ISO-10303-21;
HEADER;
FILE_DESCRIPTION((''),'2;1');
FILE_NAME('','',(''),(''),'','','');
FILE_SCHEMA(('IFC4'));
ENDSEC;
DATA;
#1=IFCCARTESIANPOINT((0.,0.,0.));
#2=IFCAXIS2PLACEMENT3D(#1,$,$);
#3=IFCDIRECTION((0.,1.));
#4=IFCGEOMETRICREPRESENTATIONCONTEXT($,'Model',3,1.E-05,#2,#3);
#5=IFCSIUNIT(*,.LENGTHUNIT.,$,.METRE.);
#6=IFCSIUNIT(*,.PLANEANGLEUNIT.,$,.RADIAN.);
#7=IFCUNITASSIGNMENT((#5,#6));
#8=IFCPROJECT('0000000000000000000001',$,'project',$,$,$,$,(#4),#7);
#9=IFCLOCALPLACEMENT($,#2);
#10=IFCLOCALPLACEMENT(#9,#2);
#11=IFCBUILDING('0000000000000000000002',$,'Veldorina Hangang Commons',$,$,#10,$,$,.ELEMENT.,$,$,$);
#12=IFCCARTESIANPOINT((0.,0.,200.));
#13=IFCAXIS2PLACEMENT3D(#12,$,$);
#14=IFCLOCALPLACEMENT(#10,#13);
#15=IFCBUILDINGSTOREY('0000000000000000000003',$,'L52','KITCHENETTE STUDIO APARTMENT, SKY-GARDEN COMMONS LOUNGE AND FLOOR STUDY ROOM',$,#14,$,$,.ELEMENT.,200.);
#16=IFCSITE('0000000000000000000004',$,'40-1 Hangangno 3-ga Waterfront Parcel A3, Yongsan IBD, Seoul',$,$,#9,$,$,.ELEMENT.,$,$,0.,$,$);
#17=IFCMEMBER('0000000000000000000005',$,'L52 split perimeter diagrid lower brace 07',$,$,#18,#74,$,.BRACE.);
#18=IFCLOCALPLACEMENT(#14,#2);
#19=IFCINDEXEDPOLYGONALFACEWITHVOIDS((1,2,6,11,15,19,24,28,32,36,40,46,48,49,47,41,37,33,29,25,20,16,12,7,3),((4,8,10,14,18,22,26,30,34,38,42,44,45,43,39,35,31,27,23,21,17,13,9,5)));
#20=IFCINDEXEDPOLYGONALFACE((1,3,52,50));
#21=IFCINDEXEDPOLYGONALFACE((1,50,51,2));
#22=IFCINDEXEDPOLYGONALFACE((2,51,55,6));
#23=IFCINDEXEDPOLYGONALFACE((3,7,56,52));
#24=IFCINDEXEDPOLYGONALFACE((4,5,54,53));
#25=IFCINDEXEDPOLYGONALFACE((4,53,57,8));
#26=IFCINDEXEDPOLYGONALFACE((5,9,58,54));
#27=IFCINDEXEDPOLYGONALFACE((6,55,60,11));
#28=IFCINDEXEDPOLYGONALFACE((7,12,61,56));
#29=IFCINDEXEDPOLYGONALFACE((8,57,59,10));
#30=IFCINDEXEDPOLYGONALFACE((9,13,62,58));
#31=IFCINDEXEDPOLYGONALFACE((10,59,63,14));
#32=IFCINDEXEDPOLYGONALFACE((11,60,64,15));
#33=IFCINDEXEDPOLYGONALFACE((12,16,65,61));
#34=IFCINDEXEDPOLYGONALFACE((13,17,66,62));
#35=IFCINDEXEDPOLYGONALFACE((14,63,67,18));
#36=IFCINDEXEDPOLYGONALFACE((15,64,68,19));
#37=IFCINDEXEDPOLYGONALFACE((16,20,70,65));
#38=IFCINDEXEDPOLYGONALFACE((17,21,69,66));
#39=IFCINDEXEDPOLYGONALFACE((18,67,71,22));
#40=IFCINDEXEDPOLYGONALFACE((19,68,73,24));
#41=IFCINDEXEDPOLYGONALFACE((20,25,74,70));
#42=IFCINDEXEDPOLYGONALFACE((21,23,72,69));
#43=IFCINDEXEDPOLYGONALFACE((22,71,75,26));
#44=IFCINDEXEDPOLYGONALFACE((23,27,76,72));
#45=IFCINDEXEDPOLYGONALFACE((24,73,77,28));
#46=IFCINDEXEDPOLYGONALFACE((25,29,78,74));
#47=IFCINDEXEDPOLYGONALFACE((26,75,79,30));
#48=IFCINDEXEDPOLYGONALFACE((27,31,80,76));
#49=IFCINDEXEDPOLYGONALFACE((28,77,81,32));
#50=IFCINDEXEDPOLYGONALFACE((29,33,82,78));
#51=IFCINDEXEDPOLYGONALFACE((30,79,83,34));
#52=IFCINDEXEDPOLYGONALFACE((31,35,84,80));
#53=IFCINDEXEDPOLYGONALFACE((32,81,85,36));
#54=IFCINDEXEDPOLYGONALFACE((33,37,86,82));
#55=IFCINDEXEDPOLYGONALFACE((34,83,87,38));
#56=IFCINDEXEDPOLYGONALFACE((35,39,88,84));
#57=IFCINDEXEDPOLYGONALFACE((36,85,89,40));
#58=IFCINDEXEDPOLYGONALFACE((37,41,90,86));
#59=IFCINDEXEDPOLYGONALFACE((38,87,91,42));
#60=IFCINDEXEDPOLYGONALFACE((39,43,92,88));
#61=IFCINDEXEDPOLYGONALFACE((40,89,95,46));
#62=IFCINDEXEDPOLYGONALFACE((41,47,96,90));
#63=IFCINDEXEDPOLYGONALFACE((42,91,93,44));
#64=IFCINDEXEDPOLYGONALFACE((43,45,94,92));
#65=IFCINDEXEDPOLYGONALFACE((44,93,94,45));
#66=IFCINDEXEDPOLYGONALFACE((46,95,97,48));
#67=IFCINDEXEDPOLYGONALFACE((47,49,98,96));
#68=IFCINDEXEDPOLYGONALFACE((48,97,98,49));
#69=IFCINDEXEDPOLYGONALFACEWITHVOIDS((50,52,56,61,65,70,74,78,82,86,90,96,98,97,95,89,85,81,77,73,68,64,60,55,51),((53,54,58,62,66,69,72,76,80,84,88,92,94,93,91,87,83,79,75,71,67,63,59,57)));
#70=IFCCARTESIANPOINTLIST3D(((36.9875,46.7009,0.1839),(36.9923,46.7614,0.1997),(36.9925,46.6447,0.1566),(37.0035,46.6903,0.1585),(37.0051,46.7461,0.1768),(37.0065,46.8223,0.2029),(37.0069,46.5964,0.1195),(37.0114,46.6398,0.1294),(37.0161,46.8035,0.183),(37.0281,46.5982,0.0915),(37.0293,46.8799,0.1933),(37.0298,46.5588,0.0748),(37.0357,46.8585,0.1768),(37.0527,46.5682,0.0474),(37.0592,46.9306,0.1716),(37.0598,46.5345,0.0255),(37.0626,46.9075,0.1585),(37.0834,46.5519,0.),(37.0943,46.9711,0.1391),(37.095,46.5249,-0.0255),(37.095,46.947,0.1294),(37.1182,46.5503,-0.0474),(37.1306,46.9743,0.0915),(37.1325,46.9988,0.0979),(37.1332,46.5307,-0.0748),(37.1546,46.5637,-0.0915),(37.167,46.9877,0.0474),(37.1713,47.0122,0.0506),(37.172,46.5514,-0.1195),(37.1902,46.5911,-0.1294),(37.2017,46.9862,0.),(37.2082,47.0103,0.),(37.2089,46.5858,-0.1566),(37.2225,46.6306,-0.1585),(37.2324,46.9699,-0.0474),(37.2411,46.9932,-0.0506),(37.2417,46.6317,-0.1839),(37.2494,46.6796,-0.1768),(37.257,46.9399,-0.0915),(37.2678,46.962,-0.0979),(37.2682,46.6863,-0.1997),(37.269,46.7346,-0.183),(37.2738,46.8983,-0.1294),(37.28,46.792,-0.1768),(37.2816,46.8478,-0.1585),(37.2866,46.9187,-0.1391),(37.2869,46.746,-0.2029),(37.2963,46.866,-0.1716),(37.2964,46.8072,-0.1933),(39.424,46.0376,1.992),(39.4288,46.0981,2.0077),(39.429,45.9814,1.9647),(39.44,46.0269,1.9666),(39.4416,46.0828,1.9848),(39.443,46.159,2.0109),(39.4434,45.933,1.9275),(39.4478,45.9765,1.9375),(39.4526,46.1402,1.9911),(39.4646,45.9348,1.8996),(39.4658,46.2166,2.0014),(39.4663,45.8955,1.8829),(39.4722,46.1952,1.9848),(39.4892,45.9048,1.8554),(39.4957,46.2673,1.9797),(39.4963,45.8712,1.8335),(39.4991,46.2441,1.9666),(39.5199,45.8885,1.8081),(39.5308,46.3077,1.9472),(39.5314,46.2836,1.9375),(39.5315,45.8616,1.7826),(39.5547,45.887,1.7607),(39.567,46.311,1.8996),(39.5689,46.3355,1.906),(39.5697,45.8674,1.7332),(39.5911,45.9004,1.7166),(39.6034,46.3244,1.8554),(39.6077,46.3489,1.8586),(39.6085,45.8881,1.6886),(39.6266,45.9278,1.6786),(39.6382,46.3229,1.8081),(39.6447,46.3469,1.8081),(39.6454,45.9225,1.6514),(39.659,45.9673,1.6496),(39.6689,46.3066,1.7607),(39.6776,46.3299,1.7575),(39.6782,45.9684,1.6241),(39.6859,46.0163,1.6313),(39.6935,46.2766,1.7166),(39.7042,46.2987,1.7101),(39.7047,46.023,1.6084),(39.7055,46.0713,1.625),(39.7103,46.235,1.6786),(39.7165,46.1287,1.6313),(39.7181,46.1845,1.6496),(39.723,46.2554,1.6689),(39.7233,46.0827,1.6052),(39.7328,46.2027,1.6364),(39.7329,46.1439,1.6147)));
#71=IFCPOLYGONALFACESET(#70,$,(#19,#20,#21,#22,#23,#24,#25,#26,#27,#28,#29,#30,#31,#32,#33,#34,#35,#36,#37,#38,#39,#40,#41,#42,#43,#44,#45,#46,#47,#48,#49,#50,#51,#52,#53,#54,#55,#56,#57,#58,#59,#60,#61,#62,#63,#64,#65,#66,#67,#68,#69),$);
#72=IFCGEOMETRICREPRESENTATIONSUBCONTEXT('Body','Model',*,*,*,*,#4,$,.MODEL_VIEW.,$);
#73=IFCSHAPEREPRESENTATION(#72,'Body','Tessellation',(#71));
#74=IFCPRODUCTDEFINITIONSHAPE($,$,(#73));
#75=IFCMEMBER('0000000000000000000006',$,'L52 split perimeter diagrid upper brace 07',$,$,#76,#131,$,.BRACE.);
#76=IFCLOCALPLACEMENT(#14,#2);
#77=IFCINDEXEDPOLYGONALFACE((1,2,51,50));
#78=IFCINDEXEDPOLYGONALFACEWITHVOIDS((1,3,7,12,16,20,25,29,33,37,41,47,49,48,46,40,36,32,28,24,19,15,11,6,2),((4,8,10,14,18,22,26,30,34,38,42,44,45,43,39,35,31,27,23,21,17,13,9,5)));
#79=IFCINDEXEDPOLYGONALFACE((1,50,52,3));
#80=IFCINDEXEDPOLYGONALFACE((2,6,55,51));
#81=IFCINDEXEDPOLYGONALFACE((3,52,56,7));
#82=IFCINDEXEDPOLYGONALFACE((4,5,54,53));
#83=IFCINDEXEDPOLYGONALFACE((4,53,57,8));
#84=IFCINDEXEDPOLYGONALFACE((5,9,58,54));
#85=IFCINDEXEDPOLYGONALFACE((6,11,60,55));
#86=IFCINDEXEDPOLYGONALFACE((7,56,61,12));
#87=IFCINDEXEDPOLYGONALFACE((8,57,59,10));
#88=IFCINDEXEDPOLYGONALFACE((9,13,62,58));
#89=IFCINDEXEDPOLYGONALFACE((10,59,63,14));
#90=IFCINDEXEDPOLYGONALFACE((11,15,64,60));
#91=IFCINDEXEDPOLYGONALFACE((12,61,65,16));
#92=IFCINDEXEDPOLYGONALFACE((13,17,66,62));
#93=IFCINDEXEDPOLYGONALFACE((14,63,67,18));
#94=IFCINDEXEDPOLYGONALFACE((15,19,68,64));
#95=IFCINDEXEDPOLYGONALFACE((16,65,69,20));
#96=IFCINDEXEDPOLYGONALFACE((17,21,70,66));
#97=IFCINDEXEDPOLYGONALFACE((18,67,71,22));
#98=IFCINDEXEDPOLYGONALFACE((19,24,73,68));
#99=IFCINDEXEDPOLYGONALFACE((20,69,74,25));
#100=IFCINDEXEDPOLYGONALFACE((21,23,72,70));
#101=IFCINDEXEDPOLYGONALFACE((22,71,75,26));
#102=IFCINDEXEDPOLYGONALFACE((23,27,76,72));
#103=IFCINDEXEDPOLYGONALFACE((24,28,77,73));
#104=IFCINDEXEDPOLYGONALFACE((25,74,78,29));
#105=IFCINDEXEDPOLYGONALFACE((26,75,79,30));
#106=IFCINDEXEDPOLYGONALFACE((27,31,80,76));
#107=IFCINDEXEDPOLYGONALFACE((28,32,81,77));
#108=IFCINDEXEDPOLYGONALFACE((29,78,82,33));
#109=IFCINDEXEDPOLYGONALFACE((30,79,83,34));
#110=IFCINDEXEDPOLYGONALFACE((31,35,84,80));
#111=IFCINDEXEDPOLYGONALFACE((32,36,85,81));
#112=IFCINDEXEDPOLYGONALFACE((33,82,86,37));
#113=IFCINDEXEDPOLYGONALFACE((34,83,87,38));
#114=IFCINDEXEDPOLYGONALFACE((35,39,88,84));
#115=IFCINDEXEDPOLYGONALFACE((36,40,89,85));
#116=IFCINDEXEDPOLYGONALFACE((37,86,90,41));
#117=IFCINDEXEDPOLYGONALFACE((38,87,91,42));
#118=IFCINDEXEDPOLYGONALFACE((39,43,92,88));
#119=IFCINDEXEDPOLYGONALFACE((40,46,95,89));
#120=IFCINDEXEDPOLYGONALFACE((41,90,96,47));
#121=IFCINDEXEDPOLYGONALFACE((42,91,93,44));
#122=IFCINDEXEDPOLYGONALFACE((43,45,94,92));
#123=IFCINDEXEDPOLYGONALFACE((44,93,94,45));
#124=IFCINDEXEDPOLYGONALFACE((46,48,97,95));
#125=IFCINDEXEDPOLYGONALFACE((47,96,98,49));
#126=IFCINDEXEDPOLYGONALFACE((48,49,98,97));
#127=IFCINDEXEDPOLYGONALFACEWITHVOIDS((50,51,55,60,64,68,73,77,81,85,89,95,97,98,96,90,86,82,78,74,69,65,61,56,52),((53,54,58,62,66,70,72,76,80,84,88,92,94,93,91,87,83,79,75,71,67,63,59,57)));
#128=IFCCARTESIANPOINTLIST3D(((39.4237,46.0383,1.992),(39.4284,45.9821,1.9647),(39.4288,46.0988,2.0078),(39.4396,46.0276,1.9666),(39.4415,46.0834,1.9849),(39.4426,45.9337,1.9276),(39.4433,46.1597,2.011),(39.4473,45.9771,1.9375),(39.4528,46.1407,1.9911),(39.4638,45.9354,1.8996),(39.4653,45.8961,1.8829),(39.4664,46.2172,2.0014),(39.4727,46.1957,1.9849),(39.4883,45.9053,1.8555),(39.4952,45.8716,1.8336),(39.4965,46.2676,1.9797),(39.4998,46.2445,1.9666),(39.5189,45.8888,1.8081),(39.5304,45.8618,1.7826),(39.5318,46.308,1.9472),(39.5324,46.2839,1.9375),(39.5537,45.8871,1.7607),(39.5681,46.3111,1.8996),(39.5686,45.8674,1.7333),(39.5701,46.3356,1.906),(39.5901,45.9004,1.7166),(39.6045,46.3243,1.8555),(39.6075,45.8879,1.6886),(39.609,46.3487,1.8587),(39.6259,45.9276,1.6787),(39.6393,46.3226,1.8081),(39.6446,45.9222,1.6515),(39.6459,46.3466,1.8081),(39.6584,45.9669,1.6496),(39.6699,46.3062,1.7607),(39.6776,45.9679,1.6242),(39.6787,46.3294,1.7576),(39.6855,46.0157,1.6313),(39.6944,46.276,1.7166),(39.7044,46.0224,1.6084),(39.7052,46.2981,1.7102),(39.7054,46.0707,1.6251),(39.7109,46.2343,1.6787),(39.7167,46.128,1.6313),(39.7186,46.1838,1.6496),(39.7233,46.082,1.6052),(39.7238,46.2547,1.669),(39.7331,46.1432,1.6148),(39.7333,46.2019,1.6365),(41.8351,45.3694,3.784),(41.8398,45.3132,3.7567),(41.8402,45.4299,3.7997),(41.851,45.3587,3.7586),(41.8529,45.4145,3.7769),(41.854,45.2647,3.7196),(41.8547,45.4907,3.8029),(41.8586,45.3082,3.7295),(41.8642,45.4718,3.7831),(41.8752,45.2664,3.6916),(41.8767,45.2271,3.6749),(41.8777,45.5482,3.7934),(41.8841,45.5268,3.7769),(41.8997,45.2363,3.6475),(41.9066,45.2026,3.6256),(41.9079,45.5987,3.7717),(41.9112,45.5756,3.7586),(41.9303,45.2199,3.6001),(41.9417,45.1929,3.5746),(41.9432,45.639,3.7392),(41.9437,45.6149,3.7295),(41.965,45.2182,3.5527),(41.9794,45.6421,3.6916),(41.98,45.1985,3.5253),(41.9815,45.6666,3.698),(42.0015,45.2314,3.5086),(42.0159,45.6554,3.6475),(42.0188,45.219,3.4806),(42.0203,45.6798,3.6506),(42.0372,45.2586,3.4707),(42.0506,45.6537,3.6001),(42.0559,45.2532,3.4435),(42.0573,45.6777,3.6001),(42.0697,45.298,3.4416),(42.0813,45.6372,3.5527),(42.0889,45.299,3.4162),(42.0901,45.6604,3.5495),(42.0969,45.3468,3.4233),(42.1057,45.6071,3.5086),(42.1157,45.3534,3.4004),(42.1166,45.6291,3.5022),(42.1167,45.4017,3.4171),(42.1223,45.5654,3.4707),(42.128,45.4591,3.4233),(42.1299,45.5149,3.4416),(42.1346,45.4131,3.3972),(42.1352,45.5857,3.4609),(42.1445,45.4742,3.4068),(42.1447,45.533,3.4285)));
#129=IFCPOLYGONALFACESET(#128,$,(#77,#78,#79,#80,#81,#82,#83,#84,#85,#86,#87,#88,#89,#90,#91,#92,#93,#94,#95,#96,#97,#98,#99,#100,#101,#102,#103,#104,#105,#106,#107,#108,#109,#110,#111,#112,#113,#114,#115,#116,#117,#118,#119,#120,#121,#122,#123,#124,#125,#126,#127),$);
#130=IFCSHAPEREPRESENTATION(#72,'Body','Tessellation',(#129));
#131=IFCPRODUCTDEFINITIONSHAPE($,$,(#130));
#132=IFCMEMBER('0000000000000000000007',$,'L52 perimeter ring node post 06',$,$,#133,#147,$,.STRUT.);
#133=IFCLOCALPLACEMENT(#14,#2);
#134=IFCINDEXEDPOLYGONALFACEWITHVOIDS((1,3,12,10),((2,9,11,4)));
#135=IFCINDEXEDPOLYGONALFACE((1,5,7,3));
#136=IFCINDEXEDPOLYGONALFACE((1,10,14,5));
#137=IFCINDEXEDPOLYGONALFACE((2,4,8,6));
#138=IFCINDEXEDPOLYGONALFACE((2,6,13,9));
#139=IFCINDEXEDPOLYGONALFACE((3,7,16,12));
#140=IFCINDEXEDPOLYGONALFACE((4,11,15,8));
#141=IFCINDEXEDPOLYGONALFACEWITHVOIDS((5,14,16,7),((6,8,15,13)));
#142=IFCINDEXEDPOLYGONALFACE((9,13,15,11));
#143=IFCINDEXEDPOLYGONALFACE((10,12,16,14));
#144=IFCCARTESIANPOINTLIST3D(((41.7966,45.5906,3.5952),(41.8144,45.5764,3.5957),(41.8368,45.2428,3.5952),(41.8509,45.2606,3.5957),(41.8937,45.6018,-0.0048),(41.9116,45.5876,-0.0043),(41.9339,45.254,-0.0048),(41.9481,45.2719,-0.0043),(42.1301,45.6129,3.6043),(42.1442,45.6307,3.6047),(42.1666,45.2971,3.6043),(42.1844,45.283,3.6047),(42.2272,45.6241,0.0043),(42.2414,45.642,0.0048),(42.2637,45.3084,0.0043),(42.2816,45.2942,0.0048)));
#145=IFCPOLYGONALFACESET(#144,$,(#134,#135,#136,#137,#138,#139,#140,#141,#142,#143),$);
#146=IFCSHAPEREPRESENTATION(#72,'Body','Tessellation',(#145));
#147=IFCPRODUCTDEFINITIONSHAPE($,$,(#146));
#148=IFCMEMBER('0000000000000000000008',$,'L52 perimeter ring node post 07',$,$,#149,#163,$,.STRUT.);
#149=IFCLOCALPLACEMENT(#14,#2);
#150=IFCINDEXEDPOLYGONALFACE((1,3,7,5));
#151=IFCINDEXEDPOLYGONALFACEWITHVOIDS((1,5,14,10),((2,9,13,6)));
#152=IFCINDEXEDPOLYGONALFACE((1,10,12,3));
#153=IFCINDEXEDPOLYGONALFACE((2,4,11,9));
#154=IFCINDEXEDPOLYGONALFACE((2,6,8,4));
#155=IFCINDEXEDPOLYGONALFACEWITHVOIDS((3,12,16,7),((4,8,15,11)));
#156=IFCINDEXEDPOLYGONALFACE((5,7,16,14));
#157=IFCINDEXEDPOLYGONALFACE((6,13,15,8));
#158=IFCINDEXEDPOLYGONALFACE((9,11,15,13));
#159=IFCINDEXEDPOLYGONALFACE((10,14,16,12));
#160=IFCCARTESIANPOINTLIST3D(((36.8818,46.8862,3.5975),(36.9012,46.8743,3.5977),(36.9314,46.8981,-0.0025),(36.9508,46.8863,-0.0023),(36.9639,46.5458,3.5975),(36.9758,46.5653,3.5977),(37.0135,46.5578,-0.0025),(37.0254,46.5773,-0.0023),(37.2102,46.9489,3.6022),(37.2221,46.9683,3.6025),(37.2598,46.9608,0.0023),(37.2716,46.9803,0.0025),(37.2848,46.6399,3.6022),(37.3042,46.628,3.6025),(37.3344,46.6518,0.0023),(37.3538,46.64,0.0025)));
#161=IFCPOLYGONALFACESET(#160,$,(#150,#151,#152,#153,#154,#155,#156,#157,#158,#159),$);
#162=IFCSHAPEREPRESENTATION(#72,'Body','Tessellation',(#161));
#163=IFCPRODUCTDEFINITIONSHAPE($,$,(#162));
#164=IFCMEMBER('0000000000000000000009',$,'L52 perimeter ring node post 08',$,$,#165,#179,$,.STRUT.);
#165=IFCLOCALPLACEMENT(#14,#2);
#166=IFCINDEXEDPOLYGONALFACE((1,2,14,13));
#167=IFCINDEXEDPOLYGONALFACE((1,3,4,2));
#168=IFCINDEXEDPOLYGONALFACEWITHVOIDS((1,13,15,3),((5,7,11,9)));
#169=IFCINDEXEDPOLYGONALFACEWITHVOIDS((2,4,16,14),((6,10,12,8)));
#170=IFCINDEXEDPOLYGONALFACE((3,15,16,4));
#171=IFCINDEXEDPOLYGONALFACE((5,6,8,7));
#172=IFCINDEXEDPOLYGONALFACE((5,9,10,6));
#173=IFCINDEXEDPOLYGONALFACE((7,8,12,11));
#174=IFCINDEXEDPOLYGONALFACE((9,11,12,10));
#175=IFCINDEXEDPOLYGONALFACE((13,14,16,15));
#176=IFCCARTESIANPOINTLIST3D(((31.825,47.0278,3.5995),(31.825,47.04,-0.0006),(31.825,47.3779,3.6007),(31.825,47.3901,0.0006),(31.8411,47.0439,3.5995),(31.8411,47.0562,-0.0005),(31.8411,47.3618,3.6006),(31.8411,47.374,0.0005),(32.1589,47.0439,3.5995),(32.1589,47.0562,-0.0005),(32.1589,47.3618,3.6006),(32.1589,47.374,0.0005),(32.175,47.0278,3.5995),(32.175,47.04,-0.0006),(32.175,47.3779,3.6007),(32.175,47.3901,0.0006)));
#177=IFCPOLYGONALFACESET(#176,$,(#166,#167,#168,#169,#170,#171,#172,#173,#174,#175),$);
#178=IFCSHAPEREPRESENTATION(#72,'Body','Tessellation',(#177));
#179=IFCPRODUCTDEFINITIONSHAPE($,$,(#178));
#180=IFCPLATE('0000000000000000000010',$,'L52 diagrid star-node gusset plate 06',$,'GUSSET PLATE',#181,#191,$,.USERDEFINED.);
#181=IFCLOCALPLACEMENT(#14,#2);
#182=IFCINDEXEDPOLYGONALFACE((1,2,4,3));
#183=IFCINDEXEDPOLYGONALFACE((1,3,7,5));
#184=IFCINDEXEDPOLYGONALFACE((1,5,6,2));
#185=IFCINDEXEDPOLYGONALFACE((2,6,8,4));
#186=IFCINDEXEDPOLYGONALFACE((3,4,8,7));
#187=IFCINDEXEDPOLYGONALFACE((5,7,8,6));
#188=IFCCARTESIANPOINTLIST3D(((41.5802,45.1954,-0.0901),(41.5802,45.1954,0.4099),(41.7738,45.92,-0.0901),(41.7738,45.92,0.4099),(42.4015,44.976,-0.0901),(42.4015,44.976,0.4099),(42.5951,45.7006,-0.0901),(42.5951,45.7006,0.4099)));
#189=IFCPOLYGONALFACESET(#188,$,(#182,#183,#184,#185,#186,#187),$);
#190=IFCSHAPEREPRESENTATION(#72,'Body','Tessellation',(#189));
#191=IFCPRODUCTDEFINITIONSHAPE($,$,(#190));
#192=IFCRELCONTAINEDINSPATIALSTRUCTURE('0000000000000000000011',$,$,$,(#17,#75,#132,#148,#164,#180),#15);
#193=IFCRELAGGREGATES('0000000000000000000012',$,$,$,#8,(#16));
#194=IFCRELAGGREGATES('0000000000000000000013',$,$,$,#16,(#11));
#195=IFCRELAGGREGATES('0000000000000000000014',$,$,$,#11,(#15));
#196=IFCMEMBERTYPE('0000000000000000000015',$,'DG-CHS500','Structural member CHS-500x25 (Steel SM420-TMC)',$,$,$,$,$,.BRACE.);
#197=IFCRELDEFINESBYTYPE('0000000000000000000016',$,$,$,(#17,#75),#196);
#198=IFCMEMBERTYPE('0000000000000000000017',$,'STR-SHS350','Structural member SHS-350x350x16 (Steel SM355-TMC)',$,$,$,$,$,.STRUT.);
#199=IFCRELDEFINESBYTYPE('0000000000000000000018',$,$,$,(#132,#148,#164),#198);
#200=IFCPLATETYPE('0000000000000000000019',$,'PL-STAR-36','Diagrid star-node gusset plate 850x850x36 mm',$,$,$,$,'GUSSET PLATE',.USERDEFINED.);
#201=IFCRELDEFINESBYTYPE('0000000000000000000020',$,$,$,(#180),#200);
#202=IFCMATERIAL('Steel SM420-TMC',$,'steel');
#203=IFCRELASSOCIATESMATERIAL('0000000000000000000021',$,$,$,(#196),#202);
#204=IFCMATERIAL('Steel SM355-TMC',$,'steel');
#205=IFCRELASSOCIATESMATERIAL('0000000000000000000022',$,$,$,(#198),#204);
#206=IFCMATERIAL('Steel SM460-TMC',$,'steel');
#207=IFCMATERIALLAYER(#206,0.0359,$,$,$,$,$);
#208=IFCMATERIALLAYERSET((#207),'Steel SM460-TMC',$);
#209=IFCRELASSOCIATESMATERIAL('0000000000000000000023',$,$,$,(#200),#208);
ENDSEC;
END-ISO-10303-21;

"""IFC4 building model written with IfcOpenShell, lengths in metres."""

from ifc_helpers import new_model, si_unit, direction, frame, origin, origin_2d, place, context, subcontext, project, spatial, rectangle, hollow_rectangle, hollow_circle, extrude, material, layer, layer_set, material_profile, profile_set, type_object, element, save


model = new_model("IFC4")

# Units and contexts
model_context = context("Model", 3, precision=1e-05, world=origin(), true_north=direction((0.0, 1.0)))
body_context = subcontext(model_context, "Body", "Model", "MODEL_VIEW")
ifc_project = project(units=[si_unit("LENGTHUNIT", "METRE"), si_unit("PLANEANGLEUNIT", "RADIAN")], contexts=[model_context])

# Site, building, storey
site_placement = place(None, origin())
site = spatial("IfcSite", under=ifc_project, at=site_placement, Name="40-1 Hangangno 3-ga Waterfront Parcel A3, Yongsan IBD, Seoul", CompositionType="ELEMENT", RefElevation=0.0)
building_placement = place(site_placement, origin())
building = spatial("IfcBuilding", under=site, at=building_placement, Name="Veldorina Hangang Commons", CompositionType="ELEMENT")
storey_placement = place(building_placement, frame((0.0, 0.0, 200.0)))
storey = spatial("IfcBuildingStorey", under=building, at=storey_placement, Name="L52", Description="KITCHENETTE STUDIO APARTMENT, SKY-GARDEN COMMONS LOUNGE AND FLOOR STUDY ROOM", CompositionType="ELEMENT", Elevation=200.0)

# Shared definitions
ifc_material_1 = material(Name="Steel SM420-TMC", Category="steel")

# Members
ifc_material_profile_1 = material_profile(ifc_material_1, hollow_circle(Radius=0.25, WallThickness=0.0249, at=origin_2d()), Name="CHS-500x25")
ifc_profile_set_1 = profile_set([ifc_material_profile_1], Name="Steel SM420-TMC")
member_type_1 = type_object("IfcMemberType", Name="DG-CHS500", Description="Structural member CHS-500x25 (Steel SM420-TMC)", PredefinedType="BRACE", material=ifc_profile_set_1)
member_1_placement = place(storey_placement, frame((37.1426, 46.769, 0.0), z_axis=(0.784511, -0.213579, 0.582173), x_axis=(0.262684, 0.964882, 0.0)))
element("IfcMember", 1, at=member_1_placement, inside=storey, type_object=member_type_1, Name="L52 split perimeter diagrid lower brace 07", PredefinedType="BRACE", context=body_context, shape_type="SweptSolid", body=[
    extrude(hollow_circle(Radius=0.25, WallThickness=0.0249, at=origin_2d()), origin(), (0.0, 0.0, 1.0), 3.1057),
])
member_2_placement = place(storey_placement, frame((39.5791, 46.1057, 1.8081), z_axis=(0.783449, -0.217338, 0.582213), x_axis=(0.267317, 0.963609, 0.0)))
element("IfcMember", 2, at=member_2_placement, inside=storey, type_object=member_type_1, Name="L52 split perimeter diagrid upper brace 07", PredefinedType="BRACE", context=body_context, shape_type="SweptSolid", body=[
    extrude(hollow_circle(Radius=0.25, WallThickness=0.0249, at=origin_2d()), origin(), (0.0, 0.0, 1.0), 3.0779),
])
ifc_material_2 = material(Name="Steel SM355-TMC", Category="steel")
ifc_material_profile_2 = material_profile(ifc_material_2, hollow_rectangle(XDim=0.3501, YDim=0.3501, WallThickness=0.0161, at=origin_2d()), Name="SHS-350x350x16")
ifc_profile_set_2 = profile_set([ifc_material_profile_2], Name="Steel SM355-TMC")
member_type_2 = type_object("IfcMemberType", Name="STR-SHS350", Description="Structural member SHS-350x350x16 (Steel SM355-TMC)", PredefinedType="STRUT", material=ifc_profile_set_2)
member_3_placement = place(storey_placement, frame((42.0876, 45.448, 0.0), z_axis=(-0.02698, -0.003118, 0.999631), x_axis=(0.114814, -0.993387, 0.0)))
element("IfcMember", 3, at=member_3_placement, inside=storey, type_object=member_type_2, Name="L52 perimeter ring node post 06", PredefinedType="STRUT", context=body_context, shape_type="SweptSolid", body=[
    extrude(hollow_rectangle(XDim=0.3501, YDim=0.3501, WallThickness=0.0161, at=origin_2d()), origin(), (0.0, 0.0, 1.0), 3.6013),
])
member_4_placement = place(storey_placement, frame((37.1426, 46.769, 0.0), z_axis=(-0.013765, -0.003323, 0.9999), x_axis=(0.234641, -0.972082, 0.0)))
element("IfcMember", 4, at=member_4_placement, inside=storey, type_object=member_type_2, Name="L52 perimeter ring node post 07", PredefinedType="STRUT", context=body_context, shape_type="SweptSolid", body=[
    extrude(hollow_rectangle(XDim=0.3501, YDim=0.3501, WallThickness=0.0161, at=origin_2d()), origin(), (0.0, 0.0, 1.0), 3.6003),
])
member_5_placement = place(storey_placement, frame((32.0, 47.2151, 0.0), z_axis=(0.0, -0.003391, 0.999994), x_axis=(1.0, 0.0, 0.0)))
element("IfcMember", 5, at=member_5_placement, inside=storey, type_object=member_type_2, Name="L52 perimeter ring node post 08", PredefinedType="STRUT", context=body_context, shape_type="SweptSolid", body=[
    extrude(hollow_rectangle(XDim=0.3501, YDim=0.3501, WallThickness=0.0161, at=origin_2d()), origin(), (0.0, 0.0, 1.0), 3.6001),
])

# Plate
ifc_material_3 = material(Name="Steel SM460-TMC", Category="steel")
ifc_layer_1 = layer(ifc_material_3, 0.0359)
ifc_layer_set_1 = layer_set([ifc_layer_1], Name="Steel SM460-TMC")
plate_type = type_object("IfcPlateType", Name="PL-STAR-36", Description="Diagrid star-node gusset plate 850x850x36 mm", ElementType="GUSSET PLATE", PredefinedType="USERDEFINED", material=ifc_layer_set_1)
plate_1_placement = place(storey_placement, frame((42.0876, 45.448, -0.0901), z_axis=(0.0, 0.0, 1.0), x_axis=(-0.966115, 0.258111, 0.0)))
element("IfcPlate", 6, at=plate_1_placement, inside=storey, type_object=plate_type, Name="L52 diagrid star-node gusset plate 06", ObjectType="GUSSET PLATE", PredefinedType="USERDEFINED", context=body_context, shape_type="SweptSolid", body=[
    extrude(rectangle(XDim=0.8501, YDim=0.75, at=origin_2d()), origin(), (0.0, 0.0, 1.0), 0.5),
])

save(model, "model.ifc")
